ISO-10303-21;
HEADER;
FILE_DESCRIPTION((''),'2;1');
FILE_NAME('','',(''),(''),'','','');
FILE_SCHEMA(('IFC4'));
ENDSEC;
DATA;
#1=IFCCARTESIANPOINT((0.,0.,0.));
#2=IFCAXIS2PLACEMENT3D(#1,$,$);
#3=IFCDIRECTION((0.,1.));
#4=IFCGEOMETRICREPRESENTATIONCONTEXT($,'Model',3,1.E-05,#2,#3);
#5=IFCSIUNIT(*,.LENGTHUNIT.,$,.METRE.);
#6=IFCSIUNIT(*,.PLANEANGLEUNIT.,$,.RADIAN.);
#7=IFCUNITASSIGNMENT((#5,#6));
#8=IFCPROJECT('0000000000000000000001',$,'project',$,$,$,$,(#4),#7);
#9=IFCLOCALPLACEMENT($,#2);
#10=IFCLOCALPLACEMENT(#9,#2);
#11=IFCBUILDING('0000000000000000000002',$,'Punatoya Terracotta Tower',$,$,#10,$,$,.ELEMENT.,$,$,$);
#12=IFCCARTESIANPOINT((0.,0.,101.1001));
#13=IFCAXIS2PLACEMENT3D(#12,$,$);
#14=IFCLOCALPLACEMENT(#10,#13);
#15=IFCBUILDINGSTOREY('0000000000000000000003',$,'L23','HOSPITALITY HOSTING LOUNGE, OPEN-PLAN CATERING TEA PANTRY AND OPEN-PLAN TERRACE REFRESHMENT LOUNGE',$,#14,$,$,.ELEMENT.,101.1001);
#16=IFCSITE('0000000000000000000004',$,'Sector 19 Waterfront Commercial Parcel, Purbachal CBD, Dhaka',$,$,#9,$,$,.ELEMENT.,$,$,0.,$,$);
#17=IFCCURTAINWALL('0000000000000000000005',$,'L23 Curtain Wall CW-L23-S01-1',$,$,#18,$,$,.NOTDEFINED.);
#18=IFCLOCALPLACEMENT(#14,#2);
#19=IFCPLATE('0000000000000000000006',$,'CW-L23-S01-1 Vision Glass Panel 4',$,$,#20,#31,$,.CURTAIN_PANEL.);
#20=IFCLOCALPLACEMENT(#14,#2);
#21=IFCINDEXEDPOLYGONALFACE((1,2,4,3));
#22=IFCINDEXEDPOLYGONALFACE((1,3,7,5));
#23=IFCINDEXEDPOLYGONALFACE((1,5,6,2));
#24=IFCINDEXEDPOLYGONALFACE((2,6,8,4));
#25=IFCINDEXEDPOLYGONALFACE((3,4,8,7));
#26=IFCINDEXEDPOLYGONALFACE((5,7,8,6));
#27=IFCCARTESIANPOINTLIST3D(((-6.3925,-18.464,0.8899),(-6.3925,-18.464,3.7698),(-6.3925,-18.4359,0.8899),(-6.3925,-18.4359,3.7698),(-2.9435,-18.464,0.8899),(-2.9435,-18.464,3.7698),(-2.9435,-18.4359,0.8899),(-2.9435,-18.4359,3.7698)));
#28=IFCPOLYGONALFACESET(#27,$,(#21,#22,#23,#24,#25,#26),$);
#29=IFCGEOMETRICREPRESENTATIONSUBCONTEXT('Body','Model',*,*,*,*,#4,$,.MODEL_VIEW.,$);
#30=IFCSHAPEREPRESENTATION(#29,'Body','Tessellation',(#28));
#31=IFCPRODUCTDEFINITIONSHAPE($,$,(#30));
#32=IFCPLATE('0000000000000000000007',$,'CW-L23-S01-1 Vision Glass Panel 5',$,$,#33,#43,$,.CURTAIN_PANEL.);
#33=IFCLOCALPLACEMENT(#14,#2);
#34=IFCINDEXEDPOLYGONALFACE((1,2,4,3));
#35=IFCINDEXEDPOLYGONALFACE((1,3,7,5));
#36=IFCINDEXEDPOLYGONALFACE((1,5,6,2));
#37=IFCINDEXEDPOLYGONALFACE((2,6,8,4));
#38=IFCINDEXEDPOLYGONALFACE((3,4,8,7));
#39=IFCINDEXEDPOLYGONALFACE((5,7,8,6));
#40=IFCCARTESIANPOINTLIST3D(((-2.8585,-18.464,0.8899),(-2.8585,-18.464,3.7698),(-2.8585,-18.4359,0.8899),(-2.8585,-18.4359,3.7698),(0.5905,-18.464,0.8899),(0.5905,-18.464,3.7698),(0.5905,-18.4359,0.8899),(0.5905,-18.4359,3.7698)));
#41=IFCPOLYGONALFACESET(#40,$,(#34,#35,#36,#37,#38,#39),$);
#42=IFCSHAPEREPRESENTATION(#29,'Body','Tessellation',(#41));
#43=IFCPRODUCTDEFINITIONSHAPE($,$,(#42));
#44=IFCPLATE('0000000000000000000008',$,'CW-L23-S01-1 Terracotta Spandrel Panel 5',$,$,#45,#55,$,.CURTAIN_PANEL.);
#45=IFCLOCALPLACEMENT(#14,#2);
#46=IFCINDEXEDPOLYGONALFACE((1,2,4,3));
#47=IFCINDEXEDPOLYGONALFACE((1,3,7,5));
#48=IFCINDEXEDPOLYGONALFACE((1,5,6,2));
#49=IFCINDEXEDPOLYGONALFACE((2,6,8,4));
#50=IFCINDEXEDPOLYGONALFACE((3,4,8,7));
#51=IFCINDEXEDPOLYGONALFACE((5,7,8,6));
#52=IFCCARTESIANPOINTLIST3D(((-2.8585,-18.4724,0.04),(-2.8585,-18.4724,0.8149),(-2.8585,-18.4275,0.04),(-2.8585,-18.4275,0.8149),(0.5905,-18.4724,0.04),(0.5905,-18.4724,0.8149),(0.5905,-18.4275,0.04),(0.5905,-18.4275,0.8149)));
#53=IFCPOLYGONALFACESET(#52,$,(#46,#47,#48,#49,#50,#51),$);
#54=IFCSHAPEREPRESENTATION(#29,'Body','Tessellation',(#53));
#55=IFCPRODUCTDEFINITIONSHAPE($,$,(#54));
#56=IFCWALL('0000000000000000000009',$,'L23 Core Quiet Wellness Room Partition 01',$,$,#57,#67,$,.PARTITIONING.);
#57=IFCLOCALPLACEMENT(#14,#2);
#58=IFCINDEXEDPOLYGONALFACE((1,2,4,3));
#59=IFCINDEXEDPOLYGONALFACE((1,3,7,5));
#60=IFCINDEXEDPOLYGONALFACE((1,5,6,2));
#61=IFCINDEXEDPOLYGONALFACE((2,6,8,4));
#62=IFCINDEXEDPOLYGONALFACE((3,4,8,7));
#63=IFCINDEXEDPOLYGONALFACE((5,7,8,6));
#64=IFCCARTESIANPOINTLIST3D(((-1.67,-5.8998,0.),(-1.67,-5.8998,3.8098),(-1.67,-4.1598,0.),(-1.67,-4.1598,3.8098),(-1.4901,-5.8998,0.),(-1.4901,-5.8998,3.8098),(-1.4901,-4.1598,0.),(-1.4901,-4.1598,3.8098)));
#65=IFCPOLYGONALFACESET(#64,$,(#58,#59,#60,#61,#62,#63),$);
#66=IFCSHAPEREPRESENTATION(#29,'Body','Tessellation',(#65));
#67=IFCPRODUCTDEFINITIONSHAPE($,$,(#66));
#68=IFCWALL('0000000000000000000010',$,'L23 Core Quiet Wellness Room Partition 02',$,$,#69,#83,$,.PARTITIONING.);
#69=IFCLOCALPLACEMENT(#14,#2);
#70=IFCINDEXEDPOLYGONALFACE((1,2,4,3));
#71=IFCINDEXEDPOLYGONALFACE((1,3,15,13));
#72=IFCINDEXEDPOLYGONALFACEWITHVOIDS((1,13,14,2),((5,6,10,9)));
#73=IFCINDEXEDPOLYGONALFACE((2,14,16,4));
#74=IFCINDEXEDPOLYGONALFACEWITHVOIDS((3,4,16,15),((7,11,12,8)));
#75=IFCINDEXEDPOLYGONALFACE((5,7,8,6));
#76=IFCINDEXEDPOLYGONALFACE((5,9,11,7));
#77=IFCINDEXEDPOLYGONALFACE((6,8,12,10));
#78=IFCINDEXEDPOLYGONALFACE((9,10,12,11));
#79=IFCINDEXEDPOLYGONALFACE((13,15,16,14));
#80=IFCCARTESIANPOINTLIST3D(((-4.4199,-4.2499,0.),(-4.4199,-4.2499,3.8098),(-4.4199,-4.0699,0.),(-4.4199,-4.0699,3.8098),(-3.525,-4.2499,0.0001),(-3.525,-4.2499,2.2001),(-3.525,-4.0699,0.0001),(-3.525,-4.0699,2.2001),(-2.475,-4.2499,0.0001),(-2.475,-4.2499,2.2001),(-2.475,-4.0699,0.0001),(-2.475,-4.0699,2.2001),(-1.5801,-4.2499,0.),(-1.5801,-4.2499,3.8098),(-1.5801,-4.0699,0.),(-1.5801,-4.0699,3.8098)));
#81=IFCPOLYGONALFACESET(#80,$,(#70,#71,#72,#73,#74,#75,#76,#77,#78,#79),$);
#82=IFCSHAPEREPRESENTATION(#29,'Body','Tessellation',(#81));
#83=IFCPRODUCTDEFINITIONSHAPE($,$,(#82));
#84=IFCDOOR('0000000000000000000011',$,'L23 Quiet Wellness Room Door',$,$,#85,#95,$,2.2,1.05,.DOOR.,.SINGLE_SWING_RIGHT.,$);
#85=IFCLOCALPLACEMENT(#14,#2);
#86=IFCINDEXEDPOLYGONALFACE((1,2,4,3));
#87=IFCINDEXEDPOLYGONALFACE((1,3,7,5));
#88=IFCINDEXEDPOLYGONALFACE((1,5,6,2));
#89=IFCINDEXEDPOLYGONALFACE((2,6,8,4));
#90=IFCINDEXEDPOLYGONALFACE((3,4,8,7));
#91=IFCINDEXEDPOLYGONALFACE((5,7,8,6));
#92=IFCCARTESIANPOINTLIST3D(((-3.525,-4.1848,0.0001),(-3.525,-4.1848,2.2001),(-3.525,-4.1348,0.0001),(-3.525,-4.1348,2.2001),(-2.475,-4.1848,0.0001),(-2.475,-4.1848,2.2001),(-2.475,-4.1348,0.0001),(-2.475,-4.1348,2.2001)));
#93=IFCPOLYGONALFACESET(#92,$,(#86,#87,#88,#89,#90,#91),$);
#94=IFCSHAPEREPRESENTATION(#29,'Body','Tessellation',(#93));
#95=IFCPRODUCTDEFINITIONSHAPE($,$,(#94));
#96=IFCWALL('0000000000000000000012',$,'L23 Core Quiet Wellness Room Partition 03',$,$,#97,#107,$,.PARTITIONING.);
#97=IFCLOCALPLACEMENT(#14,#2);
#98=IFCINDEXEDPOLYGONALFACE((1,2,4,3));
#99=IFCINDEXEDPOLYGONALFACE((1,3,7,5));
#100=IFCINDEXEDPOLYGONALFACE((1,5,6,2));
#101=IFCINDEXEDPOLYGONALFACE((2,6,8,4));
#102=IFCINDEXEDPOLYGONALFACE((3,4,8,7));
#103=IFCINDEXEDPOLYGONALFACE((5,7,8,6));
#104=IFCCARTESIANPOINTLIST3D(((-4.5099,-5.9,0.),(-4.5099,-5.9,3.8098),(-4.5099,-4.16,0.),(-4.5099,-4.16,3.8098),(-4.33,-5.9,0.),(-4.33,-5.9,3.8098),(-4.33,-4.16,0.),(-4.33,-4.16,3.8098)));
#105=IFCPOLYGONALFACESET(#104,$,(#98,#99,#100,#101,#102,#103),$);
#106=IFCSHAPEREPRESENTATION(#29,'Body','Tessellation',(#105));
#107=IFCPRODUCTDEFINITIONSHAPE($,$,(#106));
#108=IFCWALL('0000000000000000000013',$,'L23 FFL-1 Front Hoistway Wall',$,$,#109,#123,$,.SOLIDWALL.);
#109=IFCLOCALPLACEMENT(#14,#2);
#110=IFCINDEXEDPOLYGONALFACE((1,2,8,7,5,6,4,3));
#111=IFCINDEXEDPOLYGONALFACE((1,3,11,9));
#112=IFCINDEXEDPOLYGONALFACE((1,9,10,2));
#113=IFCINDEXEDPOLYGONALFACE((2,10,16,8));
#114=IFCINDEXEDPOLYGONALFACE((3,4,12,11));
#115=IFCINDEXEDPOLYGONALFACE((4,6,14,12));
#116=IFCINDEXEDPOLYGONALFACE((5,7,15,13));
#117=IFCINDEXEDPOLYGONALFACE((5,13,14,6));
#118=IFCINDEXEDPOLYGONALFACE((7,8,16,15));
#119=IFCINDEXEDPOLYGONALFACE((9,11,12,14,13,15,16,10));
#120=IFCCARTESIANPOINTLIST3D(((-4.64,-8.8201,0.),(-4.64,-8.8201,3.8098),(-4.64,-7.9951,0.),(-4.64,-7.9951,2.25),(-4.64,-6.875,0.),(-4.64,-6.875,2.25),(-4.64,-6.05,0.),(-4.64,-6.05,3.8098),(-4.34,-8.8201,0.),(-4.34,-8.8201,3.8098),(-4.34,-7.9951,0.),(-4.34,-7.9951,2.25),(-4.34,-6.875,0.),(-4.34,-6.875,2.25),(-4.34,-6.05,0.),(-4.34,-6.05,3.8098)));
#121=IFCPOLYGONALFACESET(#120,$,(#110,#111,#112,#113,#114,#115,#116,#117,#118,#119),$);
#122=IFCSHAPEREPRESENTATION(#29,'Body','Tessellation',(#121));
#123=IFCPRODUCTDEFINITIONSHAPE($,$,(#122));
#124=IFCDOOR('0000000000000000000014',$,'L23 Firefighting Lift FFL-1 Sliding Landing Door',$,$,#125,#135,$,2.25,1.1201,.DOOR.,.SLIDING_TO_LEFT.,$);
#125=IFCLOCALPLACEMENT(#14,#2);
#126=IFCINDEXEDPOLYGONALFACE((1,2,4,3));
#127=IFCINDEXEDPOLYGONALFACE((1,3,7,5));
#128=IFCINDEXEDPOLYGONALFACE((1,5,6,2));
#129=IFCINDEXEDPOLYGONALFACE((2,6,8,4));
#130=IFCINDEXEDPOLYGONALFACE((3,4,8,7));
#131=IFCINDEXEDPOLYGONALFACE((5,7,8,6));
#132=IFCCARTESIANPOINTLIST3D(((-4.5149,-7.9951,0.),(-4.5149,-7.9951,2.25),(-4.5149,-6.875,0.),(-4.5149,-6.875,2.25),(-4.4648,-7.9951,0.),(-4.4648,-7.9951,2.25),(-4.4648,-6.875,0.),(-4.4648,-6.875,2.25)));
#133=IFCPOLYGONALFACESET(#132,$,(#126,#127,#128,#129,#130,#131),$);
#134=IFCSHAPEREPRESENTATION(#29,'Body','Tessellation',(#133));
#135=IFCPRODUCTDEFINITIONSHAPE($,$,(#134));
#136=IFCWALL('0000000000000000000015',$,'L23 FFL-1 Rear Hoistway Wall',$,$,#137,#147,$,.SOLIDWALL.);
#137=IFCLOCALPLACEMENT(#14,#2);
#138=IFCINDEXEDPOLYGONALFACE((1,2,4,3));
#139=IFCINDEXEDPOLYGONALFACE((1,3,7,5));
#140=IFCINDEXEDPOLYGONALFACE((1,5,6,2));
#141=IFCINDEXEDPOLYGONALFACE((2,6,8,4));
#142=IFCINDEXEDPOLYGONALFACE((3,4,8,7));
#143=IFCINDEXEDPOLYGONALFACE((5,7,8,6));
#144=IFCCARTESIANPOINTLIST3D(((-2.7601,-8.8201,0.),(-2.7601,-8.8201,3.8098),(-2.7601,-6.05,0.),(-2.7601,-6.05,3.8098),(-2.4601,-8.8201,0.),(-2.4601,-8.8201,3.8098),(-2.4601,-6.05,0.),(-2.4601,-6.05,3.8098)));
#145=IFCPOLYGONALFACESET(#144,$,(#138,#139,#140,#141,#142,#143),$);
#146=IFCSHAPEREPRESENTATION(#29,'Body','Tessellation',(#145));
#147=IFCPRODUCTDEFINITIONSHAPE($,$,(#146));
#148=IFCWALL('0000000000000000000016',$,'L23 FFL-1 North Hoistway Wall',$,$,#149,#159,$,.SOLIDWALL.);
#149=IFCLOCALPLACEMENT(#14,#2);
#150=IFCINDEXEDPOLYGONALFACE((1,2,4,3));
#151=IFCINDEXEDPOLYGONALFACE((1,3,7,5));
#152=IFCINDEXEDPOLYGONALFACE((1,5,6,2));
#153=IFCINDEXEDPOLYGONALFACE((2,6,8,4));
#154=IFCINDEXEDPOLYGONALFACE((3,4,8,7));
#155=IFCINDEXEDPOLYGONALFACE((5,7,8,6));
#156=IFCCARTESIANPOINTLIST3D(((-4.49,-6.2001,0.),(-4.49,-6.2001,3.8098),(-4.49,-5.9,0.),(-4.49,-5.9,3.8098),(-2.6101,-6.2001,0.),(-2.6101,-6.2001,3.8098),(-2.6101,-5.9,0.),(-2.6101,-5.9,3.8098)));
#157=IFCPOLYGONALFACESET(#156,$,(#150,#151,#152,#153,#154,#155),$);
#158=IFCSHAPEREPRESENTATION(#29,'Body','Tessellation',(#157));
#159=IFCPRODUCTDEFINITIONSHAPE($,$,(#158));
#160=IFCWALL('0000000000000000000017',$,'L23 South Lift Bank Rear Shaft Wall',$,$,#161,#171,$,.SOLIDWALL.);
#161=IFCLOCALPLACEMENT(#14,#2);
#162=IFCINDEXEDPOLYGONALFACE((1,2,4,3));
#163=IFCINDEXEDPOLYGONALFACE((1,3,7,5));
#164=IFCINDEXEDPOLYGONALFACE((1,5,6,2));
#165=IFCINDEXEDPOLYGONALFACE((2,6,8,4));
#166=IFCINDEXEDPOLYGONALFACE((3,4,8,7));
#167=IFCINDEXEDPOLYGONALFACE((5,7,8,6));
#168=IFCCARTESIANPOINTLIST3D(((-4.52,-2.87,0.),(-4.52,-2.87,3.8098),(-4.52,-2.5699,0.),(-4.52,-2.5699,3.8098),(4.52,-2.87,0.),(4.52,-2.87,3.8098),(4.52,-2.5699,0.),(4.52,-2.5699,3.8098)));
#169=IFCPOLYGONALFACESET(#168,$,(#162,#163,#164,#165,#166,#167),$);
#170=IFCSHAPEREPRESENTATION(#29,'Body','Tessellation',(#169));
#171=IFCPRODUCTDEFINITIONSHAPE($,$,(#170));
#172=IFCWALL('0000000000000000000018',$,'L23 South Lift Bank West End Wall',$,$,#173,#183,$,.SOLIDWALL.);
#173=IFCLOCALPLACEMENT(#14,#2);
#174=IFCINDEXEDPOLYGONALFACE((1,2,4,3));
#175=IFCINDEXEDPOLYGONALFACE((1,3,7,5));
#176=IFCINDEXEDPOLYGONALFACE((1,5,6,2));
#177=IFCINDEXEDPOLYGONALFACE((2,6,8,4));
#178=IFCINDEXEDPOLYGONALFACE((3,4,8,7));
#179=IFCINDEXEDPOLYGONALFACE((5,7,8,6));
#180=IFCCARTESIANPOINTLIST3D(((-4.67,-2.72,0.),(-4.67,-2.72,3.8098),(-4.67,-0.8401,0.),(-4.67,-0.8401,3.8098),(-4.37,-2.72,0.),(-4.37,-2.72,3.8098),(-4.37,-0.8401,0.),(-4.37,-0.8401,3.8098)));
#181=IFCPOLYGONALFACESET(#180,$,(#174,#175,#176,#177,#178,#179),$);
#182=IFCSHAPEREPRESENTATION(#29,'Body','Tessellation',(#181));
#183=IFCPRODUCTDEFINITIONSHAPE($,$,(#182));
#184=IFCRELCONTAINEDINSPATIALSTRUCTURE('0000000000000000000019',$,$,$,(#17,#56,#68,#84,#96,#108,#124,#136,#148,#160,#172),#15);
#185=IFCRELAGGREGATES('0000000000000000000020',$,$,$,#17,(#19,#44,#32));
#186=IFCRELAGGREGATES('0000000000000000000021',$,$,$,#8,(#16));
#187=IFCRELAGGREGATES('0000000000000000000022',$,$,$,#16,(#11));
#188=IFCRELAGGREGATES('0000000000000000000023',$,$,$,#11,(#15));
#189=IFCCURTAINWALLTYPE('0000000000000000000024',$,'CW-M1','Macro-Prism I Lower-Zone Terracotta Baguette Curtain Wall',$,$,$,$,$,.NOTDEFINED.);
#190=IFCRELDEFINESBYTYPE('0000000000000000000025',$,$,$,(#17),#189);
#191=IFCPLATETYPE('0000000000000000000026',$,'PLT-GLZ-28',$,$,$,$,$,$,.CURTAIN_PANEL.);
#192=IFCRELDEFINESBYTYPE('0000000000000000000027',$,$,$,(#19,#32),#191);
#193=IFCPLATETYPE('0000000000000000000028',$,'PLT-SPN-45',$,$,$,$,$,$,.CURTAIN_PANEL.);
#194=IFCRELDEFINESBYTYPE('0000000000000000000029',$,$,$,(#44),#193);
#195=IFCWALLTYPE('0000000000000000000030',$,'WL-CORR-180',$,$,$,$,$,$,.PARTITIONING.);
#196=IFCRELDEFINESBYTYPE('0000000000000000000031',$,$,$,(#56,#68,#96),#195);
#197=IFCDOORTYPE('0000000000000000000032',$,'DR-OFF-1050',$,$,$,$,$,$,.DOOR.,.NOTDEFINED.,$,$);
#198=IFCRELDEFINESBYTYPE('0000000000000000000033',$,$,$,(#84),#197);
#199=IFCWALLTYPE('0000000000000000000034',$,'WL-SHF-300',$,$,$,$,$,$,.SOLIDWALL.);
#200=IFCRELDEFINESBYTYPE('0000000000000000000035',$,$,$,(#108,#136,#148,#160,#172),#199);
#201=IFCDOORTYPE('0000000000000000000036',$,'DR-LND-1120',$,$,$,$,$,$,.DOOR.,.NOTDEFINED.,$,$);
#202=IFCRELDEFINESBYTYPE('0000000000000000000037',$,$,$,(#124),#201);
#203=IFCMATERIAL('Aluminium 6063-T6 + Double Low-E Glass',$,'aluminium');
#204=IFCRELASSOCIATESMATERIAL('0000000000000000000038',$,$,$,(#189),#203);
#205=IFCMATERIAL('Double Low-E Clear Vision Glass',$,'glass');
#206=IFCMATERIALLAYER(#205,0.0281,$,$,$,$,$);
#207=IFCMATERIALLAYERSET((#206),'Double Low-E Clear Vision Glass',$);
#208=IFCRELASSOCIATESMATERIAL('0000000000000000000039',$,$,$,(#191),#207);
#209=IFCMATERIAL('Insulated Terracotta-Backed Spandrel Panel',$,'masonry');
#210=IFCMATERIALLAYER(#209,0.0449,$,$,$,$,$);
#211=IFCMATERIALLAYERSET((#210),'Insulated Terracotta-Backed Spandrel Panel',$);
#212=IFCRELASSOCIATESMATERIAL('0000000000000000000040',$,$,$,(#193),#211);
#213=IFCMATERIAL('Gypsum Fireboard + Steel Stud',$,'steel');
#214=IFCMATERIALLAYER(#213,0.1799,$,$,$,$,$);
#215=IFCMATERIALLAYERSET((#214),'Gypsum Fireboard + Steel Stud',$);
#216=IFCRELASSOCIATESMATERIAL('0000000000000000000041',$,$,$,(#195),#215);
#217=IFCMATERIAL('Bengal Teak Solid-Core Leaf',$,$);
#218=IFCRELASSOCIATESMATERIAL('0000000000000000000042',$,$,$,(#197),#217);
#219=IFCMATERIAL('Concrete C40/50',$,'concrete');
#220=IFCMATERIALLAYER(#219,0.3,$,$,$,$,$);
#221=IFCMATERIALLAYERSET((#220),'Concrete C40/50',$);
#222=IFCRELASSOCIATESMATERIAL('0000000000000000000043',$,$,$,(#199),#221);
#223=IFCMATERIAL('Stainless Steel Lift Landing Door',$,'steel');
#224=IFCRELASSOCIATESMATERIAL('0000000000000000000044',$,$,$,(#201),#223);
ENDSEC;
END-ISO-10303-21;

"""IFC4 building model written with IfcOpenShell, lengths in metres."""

from ifc_helpers import new_model, si_unit, direction, frame, frame_2d, origin, origin_2d, place, context, subcontext, project, spatial, rectangle, extrude, material, layer, layer_set, type_object, element, fill, aggregate, save


model = new_model("IFC4")

# Units and contexts
model_context = context("Model", 3, precision=1e-05, world=origin(), true_north=direction((0.0, 1.0)))
body_context = subcontext(model_context, "Body", "Model", "MODEL_VIEW")
ifc_project = project(units=[si_unit("LENGTHUNIT", "METRE"), si_unit("PLANEANGLEUNIT", "RADIAN")], contexts=[model_context])

# Site, building, storey
site_placement = place(None, origin())
site = spatial("IfcSite", under=ifc_project, at=site_placement, Name="Sector 19 Waterfront Commercial Parcel, Purbachal CBD, Dhaka", CompositionType="ELEMENT", RefElevation=0.0)
building_placement = place(site_placement, origin())
building = spatial("IfcBuilding", under=site, at=building_placement, Name="Punatoya Terracotta Tower", CompositionType="ELEMENT")
storey_placement = place(building_placement, frame((0.0, 0.0, 101.1001)))
storey = spatial("IfcBuildingStorey", under=building, at=storey_placement, Name="L23", Description="HOSPITALITY HOSTING LOUNGE, OPEN-PLAN CATERING TEA PANTRY AND OPEN-PLAN TERRACE REFRESHMENT LOUNGE", CompositionType="ELEMENT", Elevation=101.1001)

# Curtain wall
ifc_material_1 = material(Name="Aluminium 6063-T6 + Double Low-E Glass", Category="aluminium")
curtain_wall_type = type_object("IfcCurtainWallType", Name="CW-M1", Description="Macro-Prism I Lower-Zone Terracotta Baguette Curtain Wall", PredefinedType="NOTDEFINED", material=ifc_material_1)
curtain_wall_placement = place(storey_placement, origin())
curtain_wall = element("IfcCurtainWall", 1, at=curtain_wall_placement, inside=storey, type_object=curtain_wall_type, Name="L23 Curtain Wall CW-L23-S01-1", PredefinedType="NOTDEFINED")

# Plates
ifc_material_2 = material(Name="Double Low-E Clear Vision Glass", Category="glass")
ifc_layer_1 = layer(ifc_material_2, 0.0281)
ifc_layer_set_1 = layer_set([ifc_layer_1], Name="Double Low-E Clear Vision Glass")
plate_type_1 = type_object("IfcPlateType", Name="PLT-GLZ-28", PredefinedType="CURTAIN_PANEL", material=ifc_layer_set_1)
plate_1_placement = place(storey_placement, frame((-4.668, -18.45, 0.8899), z_axis=(0.0, 0.0, 1.0), x_axis=(1.0, 0.0, 0.0)))
plate_1 = element("IfcPlate", 2, at=plate_1_placement, type_object=plate_type_1, Name="CW-L23-S01-1 Vision Glass Panel 4", PredefinedType="CURTAIN_PANEL", context=body_context, shape_type="SweptSolid", body=[
    extrude(rectangle(XDim=3.449, YDim=0.0281, at=origin_2d()), origin(), (0.0, 0.0, 1.0), 2.8799),
])
plate_2_placement = place(storey_placement, frame((-1.134, -18.45, 0.8899), z_axis=(0.0, 0.0, 1.0), x_axis=(1.0, 0.0, 0.0)))
plate_2 = element("IfcPlate", 3, at=plate_2_placement, type_object=plate_type_1, Name="CW-L23-S01-1 Vision Glass Panel 5", PredefinedType="CURTAIN_PANEL", context=body_context, shape_type="SweptSolid", body=[
    extrude(rectangle(XDim=3.449, YDim=0.0281, at=origin_2d()), origin(), (0.0, 0.0, 1.0), 2.8799),
])
ifc_material_3 = material(Name="Insulated Terracotta-Backed Spandrel Panel", Category="masonry")
ifc_layer_2 = layer(ifc_material_3, 0.0449)
ifc_layer_set_2 = layer_set([ifc_layer_2], Name="Insulated Terracotta-Backed Spandrel Panel")
plate_type_2 = type_object("IfcPlateType", Name="PLT-SPN-45", PredefinedType="CURTAIN_PANEL", material=ifc_layer_set_2)
plate_3_placement = place(storey_placement, frame((-1.134, -18.45, 0.04), z_axis=(0.0, 0.0, 1.0), x_axis=(1.0, 0.0, 0.0)))
plate_3 = element("IfcPlate", 4, at=plate_3_placement, type_object=plate_type_2, Name="CW-L23-S01-1 Terracotta Spandrel Panel 5", PredefinedType="CURTAIN_PANEL", context=body_context, shape_type="SweptSolid", body=[
    extrude(rectangle(XDim=3.449, YDim=0.0449, at=origin_2d()), origin(), (0.0, 0.0, 1.0), 0.7749),
])
aggregate(curtain_wall, [plate_1, plate_3, plate_2])

# Wall
ifc_material_4 = material(Name="Gypsum Fireboard + Steel Stud", Category="steel")
ifc_layer_3 = layer(ifc_material_4, 0.1799)
ifc_layer_set_3 = layer_set([ifc_layer_3], Name="Gypsum Fireboard + Steel Stud")
wall_type_1 = type_object("IfcWallType", Name="WL-CORR-180", PredefinedType="PARTITIONING", material=ifc_layer_set_3)
wall_1_placement = place(storey_placement, frame((-1.5801, -5.8999, 0.0), z_axis=(0.0, 0.0, 1.0), x_axis=(0.0, 1.0, 0.0)))
element("IfcWall", 5, at=wall_1_placement, inside=storey, type_object=wall_type_1, Name="L23 Core Quiet Wellness Room Partition 01", PredefinedType="PARTITIONING", context=body_context, shape_type="SweptSolid", body=[
    extrude(rectangle(XDim=1.74, YDim=0.1799, at=frame_2d((0.8701, 0.0))), origin(), (0.0, 0.0, 1.0), 3.8098),
])

# Wall, opening, door
wall_2_placement = place(storey_placement, frame((-1.5801, -4.1599, 0.0), z_axis=(0.0, 0.0, 1.0), x_axis=(-1.0, 0.0, 0.0)))
wall_2 = element("IfcWall", 6, at=wall_2_placement, inside=storey, type_object=wall_type_1, Name="L23 Core Quiet Wellness Room Partition 02", PredefinedType="PARTITIONING", context=body_context, shape_type="SweptSolid", body=[
    extrude(rectangle(XDim=2.8398, YDim=0.1799, at=frame_2d((1.4199, 0.0))), origin(), (0.0, 0.0, 1.0), 3.8098),
])
opening_1_placement = place(wall_2_placement, frame((0.895, 0.0, 0.0)))
opening_1 = element("IfcOpeningElement", 7, at=opening_1_placement, cuts=wall_2, PredefinedType="OPENING", context=body_context, shape_type="SweptSolid", body=[
    extrude(rectangle(XDim=1.05, YDim=2.2, at=frame_2d((0.5249, 1.1001))), frame((0.0, 0.0999, 0.0), z_axis=(0.0, -1.0, 0.0), x_axis=(1.0, 0.0, 0.0)), (0.0, 0.0, 1.0), 0.2),
])
ifc_material_5 = material(Name="Bengal Teak Solid-Core Leaf")
door_type_1 = type_object("IfcDoorType", Name="DR-OFF-1050", OperationType="NOTDEFINED", PredefinedType="DOOR", material=ifc_material_5)
door_1_placement = place(opening_1_placement, origin())
door_1 = element("IfcDoor", 8, at=door_1_placement, inside=storey, type_object=door_type_1, Name="L23 Quiet Wellness Room Door", OperationType="SINGLE_SWING_RIGHT", OverallHeight=2.2, OverallWidth=1.05, PredefinedType="DOOR", context=body_context, shape_type="SweptSolid", body=[
    extrude(rectangle(XDim=1.05, YDim=2.2, at=frame_2d((0.5249, 1.1001))), frame((0.0, 0.0249, 0.0), z_axis=(0.0, -1.0, 0.0), x_axis=(1.0, 0.0, 0.0)), (0.0, 0.0, 1.0), 0.05),
])
fill(opening_1, door_1)

# Wall
wall_3_placement = place(storey_placement, frame((-4.4199, -4.1599, 0.0), z_axis=(0.0, 0.0, 1.0), x_axis=(0.0, -1.0, 0.0)))
element("IfcWall", 9, at=wall_3_placement, inside=storey, type_object=wall_type_1, Name="L23 Core Quiet Wellness Room Partition 03", PredefinedType="PARTITIONING", context=body_context, shape_type="SweptSolid", body=[
    extrude(rectangle(XDim=1.74, YDim=0.1799, at=frame_2d((0.8701, 0.0))), origin(), (0.0, 0.0, 1.0), 3.8098),
])

# Wall, opening, door
ifc_material_6 = material(Name="Concrete C40/50", Category="concrete")
ifc_layer_4 = layer(ifc_material_6, 0.3)
ifc_layer_set_4 = layer_set([ifc_layer_4], Name="Concrete C40/50")
wall_type_2 = type_object("IfcWallType", Name="WL-SHF-300", PredefinedType="SOLIDWALL", material=ifc_layer_set_4)
wall_4_placement = place(storey_placement, frame((-4.49, -8.8201, 0.0), z_axis=(0.0, 0.0, 1.0), x_axis=(0.0, 1.0, 0.0)))
wall_4 = element("IfcWall", 10, at=wall_4_placement, inside=storey, type_object=wall_type_2, Name="L23 FFL-1 Front Hoistway Wall", PredefinedType="SOLIDWALL", context=body_context, shape_type="SweptSolid", body=[
    extrude(rectangle(XDim=2.77, YDim=0.3, at=frame_2d((1.385, 0.0))), origin(), (0.0, 0.0, 1.0), 3.8098),
])
opening_2_placement = place(wall_4_placement, frame((0.825, 0.0, 0.0)))
opening_2 = element("IfcOpeningElement", 11, at=opening_2_placement, cuts=wall_4, PredefinedType="OPENING", context=body_context, shape_type="SweptSolid", body=[
    extrude(rectangle(XDim=1.1201, YDim=2.25, at=frame_2d((0.5601, 1.125))), frame((0.0, 0.1599, 0.0), z_axis=(0.0, -1.0, 0.0), x_axis=(1.0, 0.0, 0.0)), (0.0, 0.0, 1.0), 0.3201),
])
ifc_material_7 = material(Name="Stainless Steel Lift Landing Door", Category="steel")
door_type_2 = type_object("IfcDoorType", Name="DR-LND-1120", OperationType="NOTDEFINED", PredefinedType="DOOR", material=ifc_material_7)
door_2_placement = place(opening_2_placement, origin())
door_2 = element("IfcDoor", 12, at=door_2_placement, inside=storey, type_object=door_type_2, Name="L23 Firefighting Lift FFL-1 Sliding Landing Door", OperationType="SLIDING_TO_LEFT", OverallHeight=2.25, OverallWidth=1.1201, PredefinedType="DOOR", context=body_context, shape_type="SweptSolid", body=[
    extrude(rectangle(XDim=1.1201, YDim=2.25, at=frame_2d((0.5601, 1.125))), frame((0.0, 0.0249, 0.0), z_axis=(0.0, -1.0, 0.0), x_axis=(1.0, 0.0, 0.0)), (0.0, 0.0, 1.0), 0.05),
])
fill(opening_2, door_2)

# Walls
wall_5_placement = place(storey_placement, frame((-2.6101, -8.8201, 0.0), z_axis=(0.0, 0.0, 1.0), x_axis=(0.0, 1.0, 0.0)))
element("IfcWall", 13, at=wall_5_placement, inside=storey, type_object=wall_type_2, Name="L23 FFL-1 Rear Hoistway Wall", PredefinedType="SOLIDWALL", context=body_context, shape_type="SweptSolid", body=[
    extrude(rectangle(XDim=2.77, YDim=0.3, at=frame_2d((1.385, 0.0))), origin(), (0.0, 0.0, 1.0), 3.8098),
])
wall_6_placement = place(storey_placement, frame((-4.49, -6.05, 0.0), z_axis=(0.0, 0.0, 1.0), x_axis=(1.0, 0.0, 0.0)))
element("IfcWall", 14, at=wall_6_placement, inside=storey, type_object=wall_type_2, Name="L23 FFL-1 North Hoistway Wall", PredefinedType="SOLIDWALL", context=body_context, shape_type="SweptSolid", body=[
    extrude(rectangle(XDim=1.8799, YDim=0.3, at=frame_2d((0.9399, 0.0))), origin(), (0.0, 0.0, 1.0), 3.8098),
])
wall_7_placement = place(storey_placement, frame((-4.52, -2.72, 0.0), z_axis=(0.0, 0.0, 1.0), x_axis=(1.0, 0.0, 0.0)))
element("IfcWall", 15, at=wall_7_placement, inside=storey, type_object=wall_type_2, Name="L23 South Lift Bank Rear Shaft Wall", PredefinedType="SOLIDWALL", context=body_context, shape_type="SweptSolid", body=[
    extrude(rectangle(XDim=9.04, YDim=0.3, at=frame_2d((4.52, 0.0))), origin(), (0.0, 0.0, 1.0), 3.8098),
])
wall_8_placement = place(storey_placement, frame((-4.52, -2.72, 0.0), z_axis=(0.0, 0.0, 1.0), x_axis=(0.0, 1.0, 0.0)))
element("IfcWall", 16, at=wall_8_placement, inside=storey, type_object=wall_type_2, Name="L23 South Lift Bank West End Wall", PredefinedType="SOLIDWALL", context=body_context, shape_type="SweptSolid", body=[
    extrude(rectangle(XDim=1.8799, YDim=0.3, at=frame_2d((0.9399, 0.0))), origin(), (0.0, 0.0, 1.0), 3.8098),
])

save(model, "model.ifc")
